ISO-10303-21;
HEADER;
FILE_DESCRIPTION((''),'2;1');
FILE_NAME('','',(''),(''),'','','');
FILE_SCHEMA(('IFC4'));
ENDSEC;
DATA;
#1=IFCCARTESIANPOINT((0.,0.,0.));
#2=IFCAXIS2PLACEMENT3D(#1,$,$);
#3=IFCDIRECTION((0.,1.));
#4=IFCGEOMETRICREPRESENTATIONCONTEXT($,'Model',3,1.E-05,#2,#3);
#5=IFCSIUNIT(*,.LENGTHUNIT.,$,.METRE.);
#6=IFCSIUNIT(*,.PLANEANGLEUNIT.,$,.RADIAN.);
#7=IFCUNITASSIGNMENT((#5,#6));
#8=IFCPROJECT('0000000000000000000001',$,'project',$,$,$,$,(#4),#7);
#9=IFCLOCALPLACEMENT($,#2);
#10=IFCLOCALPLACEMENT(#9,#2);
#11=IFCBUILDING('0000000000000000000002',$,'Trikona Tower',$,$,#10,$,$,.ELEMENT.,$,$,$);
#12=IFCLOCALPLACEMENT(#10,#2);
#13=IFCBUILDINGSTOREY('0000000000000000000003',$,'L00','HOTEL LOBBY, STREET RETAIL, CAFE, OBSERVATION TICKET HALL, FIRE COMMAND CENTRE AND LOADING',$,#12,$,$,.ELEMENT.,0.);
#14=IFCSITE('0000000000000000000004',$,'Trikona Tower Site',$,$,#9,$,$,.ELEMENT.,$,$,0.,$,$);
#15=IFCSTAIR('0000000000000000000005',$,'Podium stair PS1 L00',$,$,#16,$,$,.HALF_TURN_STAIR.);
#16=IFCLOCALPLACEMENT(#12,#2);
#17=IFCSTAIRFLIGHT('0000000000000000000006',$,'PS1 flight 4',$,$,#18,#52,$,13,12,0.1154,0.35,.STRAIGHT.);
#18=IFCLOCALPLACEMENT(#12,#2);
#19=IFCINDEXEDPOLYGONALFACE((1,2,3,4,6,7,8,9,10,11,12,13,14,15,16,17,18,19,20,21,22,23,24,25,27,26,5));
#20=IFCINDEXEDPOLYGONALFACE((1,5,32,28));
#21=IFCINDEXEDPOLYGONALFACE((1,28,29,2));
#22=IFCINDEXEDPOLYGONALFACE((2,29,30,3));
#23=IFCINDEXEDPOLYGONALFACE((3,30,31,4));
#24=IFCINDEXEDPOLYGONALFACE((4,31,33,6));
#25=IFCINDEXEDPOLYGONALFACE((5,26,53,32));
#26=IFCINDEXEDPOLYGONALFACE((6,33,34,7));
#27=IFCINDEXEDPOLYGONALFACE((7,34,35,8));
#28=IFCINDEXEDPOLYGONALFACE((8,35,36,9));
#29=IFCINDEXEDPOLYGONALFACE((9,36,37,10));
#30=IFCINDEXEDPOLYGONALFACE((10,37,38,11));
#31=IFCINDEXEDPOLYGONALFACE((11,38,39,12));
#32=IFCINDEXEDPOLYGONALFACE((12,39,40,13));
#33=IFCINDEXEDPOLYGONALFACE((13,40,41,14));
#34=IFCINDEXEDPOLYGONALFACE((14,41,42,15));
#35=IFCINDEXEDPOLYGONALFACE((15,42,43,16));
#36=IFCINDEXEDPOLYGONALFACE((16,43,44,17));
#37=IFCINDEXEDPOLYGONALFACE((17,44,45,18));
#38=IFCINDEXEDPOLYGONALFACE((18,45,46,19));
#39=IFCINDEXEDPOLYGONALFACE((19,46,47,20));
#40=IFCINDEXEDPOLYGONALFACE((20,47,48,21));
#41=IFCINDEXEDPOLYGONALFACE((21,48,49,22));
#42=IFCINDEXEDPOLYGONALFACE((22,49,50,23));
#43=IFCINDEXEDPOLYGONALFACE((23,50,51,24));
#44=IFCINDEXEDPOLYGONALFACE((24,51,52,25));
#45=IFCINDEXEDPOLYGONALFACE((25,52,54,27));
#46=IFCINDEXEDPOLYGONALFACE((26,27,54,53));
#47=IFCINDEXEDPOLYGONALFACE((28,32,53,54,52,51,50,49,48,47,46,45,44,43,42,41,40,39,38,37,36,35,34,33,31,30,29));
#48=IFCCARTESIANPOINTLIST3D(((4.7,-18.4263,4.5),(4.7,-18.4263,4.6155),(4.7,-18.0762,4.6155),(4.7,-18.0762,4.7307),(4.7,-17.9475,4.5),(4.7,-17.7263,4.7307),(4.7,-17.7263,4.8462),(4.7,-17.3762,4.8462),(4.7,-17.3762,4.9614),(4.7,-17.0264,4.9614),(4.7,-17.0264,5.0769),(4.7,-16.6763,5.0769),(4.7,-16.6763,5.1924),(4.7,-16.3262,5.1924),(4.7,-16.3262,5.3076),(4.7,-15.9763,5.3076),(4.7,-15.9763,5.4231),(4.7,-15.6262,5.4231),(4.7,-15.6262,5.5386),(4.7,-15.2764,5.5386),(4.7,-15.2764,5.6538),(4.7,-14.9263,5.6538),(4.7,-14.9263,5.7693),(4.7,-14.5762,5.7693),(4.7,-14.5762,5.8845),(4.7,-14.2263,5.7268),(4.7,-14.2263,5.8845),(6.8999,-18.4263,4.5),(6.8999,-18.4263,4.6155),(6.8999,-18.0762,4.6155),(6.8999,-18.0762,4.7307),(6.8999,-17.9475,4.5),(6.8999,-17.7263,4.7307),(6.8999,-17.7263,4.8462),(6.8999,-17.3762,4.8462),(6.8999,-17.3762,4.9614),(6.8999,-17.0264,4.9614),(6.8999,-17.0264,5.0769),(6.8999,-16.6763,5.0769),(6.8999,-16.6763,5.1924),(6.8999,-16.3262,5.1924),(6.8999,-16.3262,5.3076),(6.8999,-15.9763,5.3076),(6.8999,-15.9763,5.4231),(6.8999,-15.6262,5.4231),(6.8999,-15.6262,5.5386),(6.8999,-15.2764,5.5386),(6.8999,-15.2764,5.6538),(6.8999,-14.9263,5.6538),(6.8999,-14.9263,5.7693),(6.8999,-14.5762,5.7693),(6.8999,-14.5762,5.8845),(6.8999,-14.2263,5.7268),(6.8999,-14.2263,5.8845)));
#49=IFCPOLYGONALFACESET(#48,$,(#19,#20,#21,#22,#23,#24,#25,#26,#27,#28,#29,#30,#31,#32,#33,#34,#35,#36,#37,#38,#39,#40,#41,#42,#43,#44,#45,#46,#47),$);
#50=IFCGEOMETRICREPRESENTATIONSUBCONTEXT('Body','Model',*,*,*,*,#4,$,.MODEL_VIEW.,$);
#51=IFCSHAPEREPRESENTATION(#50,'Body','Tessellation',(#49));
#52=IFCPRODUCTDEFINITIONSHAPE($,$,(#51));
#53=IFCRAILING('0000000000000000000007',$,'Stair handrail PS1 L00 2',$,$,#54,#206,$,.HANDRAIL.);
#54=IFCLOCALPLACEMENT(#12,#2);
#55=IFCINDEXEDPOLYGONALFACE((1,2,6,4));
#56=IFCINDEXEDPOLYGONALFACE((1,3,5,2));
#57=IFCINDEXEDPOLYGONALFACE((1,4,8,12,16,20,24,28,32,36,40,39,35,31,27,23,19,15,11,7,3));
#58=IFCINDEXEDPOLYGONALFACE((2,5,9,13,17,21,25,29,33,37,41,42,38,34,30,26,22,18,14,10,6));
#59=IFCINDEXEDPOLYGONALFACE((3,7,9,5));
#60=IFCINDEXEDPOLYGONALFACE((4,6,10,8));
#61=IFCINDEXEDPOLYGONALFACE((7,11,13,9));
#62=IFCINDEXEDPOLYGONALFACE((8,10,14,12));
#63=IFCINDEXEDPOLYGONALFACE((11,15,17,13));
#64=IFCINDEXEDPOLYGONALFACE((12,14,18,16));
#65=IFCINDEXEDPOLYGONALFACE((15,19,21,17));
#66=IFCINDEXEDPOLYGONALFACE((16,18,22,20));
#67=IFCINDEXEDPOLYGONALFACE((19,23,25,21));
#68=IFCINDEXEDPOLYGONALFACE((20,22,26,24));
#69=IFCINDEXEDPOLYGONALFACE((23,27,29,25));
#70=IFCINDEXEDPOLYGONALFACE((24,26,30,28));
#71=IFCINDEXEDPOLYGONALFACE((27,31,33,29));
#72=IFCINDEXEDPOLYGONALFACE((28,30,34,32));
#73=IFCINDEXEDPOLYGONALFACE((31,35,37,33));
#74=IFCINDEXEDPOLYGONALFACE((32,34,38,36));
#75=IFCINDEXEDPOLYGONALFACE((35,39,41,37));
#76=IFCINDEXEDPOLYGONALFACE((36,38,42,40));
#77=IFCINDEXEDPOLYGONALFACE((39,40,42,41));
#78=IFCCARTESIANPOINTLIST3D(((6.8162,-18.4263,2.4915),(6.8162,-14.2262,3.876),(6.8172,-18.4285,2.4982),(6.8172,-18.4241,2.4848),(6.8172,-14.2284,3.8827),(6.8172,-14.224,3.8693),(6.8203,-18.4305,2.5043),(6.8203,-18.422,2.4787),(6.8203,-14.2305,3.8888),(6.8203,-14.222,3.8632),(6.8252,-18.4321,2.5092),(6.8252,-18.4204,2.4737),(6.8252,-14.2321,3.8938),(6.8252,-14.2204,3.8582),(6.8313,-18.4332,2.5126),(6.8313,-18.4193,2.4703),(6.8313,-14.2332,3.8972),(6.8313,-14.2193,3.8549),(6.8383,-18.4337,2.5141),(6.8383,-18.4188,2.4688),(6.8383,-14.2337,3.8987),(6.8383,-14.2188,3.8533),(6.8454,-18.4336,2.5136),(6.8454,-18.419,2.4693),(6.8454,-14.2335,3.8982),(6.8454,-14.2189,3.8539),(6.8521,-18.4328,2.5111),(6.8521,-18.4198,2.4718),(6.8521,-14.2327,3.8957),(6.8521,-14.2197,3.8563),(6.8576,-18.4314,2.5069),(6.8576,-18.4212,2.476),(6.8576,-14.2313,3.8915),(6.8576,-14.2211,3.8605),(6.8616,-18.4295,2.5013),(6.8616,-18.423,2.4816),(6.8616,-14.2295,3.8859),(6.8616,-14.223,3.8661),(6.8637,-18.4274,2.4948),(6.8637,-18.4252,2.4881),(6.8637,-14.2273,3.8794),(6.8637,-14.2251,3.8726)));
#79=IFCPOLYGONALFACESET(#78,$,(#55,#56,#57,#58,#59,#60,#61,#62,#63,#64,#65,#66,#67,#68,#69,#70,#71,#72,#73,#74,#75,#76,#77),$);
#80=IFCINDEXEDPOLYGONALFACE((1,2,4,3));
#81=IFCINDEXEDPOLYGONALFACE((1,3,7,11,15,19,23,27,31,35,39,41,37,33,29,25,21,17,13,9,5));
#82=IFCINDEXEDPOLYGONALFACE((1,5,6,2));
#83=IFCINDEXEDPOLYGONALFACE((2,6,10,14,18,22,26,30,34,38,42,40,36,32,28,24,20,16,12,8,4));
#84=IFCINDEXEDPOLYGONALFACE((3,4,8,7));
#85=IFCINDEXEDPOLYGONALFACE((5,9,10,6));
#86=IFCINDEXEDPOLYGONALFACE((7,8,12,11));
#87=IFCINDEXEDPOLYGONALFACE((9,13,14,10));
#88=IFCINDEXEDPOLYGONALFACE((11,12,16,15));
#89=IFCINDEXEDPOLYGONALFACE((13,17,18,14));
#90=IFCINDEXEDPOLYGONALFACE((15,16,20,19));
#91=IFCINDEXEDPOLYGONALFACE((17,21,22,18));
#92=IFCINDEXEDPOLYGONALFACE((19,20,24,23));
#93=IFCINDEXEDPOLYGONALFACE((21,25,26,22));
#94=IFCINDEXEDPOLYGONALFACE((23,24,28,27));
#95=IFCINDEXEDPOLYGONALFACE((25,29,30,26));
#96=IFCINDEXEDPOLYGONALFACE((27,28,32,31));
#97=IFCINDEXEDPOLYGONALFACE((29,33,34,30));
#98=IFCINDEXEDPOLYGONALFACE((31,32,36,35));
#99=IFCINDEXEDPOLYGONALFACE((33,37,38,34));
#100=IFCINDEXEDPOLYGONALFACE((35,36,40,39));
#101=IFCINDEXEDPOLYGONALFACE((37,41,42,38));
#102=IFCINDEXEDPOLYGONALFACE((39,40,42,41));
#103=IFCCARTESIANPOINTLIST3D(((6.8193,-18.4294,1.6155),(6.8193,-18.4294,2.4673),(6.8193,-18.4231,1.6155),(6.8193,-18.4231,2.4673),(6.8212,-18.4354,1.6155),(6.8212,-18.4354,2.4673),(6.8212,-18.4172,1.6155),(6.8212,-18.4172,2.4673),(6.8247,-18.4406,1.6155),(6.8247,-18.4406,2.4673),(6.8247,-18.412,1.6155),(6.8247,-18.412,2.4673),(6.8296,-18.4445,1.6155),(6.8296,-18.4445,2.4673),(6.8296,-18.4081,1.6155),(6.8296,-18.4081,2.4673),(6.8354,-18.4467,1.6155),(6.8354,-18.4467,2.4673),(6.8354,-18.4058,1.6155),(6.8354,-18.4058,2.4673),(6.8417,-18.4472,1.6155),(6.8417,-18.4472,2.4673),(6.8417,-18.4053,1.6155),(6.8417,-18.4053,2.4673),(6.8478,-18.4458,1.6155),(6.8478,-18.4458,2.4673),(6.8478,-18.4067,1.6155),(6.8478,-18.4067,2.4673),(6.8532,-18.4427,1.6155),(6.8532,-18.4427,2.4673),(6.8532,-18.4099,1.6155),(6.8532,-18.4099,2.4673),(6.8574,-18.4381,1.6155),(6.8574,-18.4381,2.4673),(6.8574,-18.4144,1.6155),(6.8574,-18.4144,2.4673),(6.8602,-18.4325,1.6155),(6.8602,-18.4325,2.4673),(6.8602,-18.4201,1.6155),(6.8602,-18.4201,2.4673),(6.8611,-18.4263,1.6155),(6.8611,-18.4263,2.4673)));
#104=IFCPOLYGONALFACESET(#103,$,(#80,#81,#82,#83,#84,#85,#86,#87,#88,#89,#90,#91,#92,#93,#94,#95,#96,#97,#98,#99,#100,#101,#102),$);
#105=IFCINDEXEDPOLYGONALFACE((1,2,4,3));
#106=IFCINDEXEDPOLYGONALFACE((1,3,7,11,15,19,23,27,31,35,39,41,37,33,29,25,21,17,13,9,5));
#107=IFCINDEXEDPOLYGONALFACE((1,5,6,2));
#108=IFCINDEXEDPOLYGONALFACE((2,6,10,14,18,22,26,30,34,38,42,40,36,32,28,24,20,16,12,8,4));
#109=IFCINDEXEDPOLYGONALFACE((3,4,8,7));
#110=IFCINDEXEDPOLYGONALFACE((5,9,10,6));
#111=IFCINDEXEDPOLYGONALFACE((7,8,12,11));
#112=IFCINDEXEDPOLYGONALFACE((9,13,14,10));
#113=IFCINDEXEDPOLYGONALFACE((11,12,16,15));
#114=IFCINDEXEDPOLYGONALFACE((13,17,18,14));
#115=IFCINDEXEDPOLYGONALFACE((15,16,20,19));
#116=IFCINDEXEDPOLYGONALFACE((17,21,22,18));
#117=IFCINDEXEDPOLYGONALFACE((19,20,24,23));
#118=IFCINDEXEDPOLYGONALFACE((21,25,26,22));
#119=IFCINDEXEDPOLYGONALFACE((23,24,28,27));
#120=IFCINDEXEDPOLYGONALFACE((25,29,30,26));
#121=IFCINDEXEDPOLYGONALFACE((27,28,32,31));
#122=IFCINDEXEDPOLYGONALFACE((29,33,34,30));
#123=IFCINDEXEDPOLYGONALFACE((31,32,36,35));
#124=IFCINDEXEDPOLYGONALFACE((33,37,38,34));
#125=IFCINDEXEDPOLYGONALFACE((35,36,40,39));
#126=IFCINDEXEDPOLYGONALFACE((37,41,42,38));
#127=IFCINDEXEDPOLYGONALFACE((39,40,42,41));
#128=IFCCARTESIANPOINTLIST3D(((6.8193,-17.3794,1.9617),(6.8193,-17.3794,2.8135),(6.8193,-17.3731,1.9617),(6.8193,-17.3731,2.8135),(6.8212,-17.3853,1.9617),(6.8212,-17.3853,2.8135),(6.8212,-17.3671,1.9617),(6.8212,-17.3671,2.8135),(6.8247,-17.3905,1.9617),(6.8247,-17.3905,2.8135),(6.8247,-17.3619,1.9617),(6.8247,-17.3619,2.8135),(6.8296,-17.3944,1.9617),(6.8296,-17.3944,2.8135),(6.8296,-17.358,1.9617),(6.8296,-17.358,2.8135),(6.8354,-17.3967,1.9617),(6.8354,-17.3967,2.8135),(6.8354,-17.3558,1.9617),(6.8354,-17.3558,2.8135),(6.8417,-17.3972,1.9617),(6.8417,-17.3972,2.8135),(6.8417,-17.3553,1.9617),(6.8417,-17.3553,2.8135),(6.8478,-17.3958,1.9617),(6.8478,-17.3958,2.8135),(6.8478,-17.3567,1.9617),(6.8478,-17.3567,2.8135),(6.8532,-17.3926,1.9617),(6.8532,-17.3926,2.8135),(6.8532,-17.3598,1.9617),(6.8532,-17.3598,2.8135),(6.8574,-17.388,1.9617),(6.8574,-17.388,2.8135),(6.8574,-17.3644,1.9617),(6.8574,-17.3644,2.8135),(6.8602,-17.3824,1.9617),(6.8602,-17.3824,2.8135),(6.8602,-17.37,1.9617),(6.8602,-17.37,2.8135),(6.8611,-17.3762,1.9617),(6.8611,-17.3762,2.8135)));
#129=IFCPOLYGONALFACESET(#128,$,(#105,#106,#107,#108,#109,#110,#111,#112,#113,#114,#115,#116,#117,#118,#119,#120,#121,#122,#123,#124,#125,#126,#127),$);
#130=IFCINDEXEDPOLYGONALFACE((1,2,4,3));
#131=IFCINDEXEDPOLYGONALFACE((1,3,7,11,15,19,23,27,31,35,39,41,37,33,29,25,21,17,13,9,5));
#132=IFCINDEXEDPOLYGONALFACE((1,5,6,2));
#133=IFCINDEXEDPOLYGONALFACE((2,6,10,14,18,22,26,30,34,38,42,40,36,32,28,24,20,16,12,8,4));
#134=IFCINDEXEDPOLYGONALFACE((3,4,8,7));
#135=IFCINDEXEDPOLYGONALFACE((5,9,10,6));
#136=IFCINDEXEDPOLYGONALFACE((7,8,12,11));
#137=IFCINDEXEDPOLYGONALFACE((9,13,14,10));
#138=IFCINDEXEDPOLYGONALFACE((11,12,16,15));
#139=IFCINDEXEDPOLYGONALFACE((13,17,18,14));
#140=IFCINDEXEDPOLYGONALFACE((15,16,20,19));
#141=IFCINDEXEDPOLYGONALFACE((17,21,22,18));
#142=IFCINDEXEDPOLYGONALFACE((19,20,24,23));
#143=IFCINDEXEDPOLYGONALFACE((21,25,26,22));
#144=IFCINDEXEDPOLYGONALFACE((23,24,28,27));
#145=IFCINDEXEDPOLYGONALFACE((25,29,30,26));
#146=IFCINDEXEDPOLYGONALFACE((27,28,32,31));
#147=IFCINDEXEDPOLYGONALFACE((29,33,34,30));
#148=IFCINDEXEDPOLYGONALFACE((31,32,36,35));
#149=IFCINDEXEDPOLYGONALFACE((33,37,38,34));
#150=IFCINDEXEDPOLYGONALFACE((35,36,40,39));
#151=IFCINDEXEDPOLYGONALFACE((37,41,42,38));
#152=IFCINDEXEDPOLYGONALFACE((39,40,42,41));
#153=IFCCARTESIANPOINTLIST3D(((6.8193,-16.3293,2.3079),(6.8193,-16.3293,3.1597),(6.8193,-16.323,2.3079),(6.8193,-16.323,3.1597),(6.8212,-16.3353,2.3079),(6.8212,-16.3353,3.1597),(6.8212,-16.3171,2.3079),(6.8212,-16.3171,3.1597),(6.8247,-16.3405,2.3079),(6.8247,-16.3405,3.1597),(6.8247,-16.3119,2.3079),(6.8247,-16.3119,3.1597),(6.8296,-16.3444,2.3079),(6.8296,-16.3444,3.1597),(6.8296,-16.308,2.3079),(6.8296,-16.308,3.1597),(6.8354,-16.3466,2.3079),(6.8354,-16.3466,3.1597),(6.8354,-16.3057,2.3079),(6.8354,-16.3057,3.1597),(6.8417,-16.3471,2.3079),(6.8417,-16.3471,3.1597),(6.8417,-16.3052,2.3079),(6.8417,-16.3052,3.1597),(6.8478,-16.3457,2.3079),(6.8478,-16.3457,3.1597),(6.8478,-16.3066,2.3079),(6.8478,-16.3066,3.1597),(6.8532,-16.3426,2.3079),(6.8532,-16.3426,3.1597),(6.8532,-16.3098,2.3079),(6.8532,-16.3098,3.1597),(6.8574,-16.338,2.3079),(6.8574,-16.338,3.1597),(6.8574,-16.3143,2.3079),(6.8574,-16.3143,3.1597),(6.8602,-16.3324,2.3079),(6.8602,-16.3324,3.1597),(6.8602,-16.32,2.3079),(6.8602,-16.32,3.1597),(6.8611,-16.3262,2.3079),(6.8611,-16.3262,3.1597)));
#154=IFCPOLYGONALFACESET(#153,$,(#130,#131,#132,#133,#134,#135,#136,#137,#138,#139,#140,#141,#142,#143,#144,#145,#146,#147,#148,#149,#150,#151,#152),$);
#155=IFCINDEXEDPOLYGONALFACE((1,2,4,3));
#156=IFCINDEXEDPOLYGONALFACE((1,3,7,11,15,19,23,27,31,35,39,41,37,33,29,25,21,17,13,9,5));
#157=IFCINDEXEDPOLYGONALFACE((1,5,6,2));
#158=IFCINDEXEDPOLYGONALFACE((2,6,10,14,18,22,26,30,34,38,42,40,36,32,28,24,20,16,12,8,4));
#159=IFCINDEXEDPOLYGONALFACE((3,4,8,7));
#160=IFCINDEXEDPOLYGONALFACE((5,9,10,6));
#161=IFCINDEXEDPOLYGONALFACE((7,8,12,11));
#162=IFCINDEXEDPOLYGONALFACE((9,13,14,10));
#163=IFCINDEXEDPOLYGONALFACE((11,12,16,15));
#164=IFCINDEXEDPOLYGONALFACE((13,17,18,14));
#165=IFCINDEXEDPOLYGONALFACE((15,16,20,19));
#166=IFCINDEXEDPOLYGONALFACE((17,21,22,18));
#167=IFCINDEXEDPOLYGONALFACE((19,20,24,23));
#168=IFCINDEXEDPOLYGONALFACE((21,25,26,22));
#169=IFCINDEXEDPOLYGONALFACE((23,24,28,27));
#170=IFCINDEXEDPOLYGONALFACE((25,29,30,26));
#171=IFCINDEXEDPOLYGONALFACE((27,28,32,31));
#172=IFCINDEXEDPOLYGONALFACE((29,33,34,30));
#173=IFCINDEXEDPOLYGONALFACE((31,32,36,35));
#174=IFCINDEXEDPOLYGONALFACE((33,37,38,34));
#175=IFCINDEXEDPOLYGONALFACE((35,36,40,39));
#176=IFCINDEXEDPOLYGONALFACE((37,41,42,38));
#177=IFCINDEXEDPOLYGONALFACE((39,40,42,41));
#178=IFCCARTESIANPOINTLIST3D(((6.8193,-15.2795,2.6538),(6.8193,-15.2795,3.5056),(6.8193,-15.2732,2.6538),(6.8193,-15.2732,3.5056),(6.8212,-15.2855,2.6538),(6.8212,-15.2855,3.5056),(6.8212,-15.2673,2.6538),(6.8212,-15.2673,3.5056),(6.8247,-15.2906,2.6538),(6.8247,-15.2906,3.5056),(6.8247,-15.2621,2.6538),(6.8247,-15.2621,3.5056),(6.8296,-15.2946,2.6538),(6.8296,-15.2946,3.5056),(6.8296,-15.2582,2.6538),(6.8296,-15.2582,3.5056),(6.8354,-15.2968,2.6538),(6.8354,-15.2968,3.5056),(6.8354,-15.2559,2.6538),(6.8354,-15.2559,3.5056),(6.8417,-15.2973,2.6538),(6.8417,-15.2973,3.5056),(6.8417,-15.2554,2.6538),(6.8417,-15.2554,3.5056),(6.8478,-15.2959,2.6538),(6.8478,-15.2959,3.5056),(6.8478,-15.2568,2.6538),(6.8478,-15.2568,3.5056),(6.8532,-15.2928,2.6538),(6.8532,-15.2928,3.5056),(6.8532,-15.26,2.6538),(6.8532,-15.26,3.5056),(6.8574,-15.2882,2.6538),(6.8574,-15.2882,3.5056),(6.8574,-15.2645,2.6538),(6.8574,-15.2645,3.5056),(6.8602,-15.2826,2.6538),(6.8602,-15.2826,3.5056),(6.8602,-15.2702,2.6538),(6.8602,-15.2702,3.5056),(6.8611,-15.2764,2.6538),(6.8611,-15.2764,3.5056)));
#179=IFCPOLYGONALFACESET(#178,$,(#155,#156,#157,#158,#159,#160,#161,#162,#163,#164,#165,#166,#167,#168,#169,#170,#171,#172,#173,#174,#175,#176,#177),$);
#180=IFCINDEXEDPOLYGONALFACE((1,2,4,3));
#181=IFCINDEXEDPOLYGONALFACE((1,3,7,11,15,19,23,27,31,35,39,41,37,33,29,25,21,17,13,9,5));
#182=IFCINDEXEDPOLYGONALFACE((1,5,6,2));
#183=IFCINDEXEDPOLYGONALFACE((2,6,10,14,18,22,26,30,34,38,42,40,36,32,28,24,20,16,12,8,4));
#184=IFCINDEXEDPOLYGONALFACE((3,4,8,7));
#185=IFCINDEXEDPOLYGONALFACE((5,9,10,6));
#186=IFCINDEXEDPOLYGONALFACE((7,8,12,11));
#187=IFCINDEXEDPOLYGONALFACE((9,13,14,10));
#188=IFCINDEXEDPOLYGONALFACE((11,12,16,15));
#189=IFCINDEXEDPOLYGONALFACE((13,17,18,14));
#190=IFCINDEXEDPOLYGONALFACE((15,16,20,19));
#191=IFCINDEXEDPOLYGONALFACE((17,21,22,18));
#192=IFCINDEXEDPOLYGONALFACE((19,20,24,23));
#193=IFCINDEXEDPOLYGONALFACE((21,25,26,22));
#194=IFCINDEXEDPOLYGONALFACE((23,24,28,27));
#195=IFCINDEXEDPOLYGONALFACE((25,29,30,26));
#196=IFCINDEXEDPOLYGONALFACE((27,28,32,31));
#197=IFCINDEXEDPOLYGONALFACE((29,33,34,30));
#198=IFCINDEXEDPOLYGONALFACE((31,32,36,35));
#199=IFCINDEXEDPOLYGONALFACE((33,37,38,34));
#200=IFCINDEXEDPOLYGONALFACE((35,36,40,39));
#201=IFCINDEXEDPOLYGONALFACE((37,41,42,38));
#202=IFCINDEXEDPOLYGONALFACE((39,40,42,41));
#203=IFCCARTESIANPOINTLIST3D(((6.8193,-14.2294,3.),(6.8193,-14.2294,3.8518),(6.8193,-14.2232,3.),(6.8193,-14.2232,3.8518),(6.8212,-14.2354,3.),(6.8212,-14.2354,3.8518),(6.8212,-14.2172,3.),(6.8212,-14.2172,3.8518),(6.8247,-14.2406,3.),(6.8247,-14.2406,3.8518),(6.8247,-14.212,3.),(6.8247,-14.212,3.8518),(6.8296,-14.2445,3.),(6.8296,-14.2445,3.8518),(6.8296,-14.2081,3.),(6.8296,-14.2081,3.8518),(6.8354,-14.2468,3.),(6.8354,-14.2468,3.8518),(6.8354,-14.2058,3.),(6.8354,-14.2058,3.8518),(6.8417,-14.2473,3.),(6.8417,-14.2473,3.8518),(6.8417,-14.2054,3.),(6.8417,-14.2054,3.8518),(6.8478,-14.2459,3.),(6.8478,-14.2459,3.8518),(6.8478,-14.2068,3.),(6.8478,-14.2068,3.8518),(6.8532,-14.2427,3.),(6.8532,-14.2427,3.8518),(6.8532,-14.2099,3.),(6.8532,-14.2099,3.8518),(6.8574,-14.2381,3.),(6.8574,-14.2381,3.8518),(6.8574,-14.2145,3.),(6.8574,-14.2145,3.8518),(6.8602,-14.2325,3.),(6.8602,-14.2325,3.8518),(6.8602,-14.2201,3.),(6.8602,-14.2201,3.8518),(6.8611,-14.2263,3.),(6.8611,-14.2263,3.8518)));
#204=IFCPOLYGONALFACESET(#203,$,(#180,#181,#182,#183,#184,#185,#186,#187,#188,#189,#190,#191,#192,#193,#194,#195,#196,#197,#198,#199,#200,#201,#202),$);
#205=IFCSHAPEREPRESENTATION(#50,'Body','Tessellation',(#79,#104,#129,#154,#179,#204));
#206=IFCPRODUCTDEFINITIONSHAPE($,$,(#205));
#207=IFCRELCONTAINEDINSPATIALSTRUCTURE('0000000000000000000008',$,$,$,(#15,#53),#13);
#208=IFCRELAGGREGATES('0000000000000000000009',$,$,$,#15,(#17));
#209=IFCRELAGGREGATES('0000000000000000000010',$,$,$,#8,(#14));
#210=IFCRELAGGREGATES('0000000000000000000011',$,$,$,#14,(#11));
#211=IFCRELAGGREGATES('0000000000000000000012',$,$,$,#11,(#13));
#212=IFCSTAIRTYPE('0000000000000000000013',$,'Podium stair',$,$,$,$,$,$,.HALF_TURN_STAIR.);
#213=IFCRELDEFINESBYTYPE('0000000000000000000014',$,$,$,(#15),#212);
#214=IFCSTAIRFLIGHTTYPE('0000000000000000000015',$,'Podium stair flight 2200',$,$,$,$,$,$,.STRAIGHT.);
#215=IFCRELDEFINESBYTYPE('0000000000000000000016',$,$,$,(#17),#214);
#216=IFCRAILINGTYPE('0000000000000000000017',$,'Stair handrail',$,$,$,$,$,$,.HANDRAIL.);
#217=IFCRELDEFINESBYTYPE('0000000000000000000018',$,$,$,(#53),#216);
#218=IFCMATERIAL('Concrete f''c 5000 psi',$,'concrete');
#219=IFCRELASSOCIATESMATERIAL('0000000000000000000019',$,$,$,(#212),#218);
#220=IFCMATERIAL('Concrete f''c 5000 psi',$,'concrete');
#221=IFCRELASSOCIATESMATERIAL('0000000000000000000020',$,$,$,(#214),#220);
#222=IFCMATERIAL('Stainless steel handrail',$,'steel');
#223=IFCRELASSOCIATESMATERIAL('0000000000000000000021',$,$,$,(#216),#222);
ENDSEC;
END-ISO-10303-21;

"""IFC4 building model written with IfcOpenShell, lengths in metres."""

from ifc_helpers import new_model, si_unit, direction, frame, origin, origin_2d, place, context, subcontext, project, spatial, polyline, circle, outline, extrude, material, type_object, element, aggregate, save


model = new_model("IFC4")

# Units and contexts
model_context = context("Model", 3, precision=1e-05, world=origin(), true_north=direction((0.0, 1.0)))
body_context = subcontext(model_context, "Body", "Model", "MODEL_VIEW")
ifc_project = project(units=[si_unit("LENGTHUNIT", "METRE"), si_unit("PLANEANGLEUNIT", "RADIAN")], contexts=[model_context])

# Site, building, storey
site_placement = place(None, origin())
site = spatial("IfcSite", under=ifc_project, at=site_placement, Name="Trikona Tower Site", CompositionType="ELEMENT", RefElevation=0.0)
building_placement = place(site_placement, origin())
building = spatial("IfcBuilding", under=site, at=building_placement, Name="Trikona Tower", CompositionType="ELEMENT")
storey_placement = place(building_placement, origin())
storey = spatial("IfcBuildingStorey", under=building, at=storey_placement, Name="L00", Description="HOTEL LOBBY, STREET RETAIL, CAFE, OBSERVATION TICKET HALL, FIRE COMMAND CENTRE AND LOADING", CompositionType="ELEMENT", Elevation=0.0)

# Stair, stair flight
ifc_material_1 = material(Name="Concrete f'c 5000 psi", Category="concrete")
stair_type = type_object("IfcStairType", Name="Podium stair", PredefinedType="HALF_TURN_STAIR", material=ifc_material_1)
stair_placement = place(storey_placement, origin())
stair = element("IfcStair", 1, at=stair_placement, inside=storey, type_object=stair_type, Name="Podium stair PS1 L00", PredefinedType="HALF_TURN_STAIR")
ifc_material_2 = material(Name="Concrete f'c 5000 psi", Category="concrete")
stair_flight_type = type_object("IfcStairFlightType", Name="Podium stair flight 2200", PredefinedType="STRAIGHT", material=ifc_material_2)
stair_flight_1_placement = place(storey_placement, frame((5.8, -18.4263, 4.5), z_axis=(0.0, 0.0, 1.0), x_axis=(0.0, 1.0, 0.0)))
stair_flight_1 = element("IfcStairFlight", 2, at=stair_flight_1_placement, type_object=stair_flight_type, Name="PS1 flight 4", NumberOfRisers=13, NumberOfTreads=12, PredefinedType="STRAIGHT", RiserHeight=0.1154, TreadLength=0.35, context=body_context, shape_type="SweptSolid", body=[
    extrude(outline(polyline([(0.0, 0.0), (0.0, 0.1155), (0.3501, 0.1155), (0.3501, 0.2307), (0.7, 0.2307), (0.7, 0.3462), (1.05, 0.3462), (1.05, 0.4614), (1.3999, 0.4614), (1.3999, 0.5769), (1.75, 0.5769), (1.75, 0.6924), (2.1001, 0.6924), (2.1001, 0.8076), (2.45, 0.8076), (2.45, 0.9231), (2.8, 0.9231), (2.8, 1.0386), (3.1499, 1.0386), (3.1499, 1.1538), (3.5, 1.1538), (3.5, 1.2693), (3.8501, 1.2693), (3.8501, 1.3845), (4.2, 1.3845), (4.2, 1.5), (4.2, 1.2268), (0.4788, 0.0), (0.0, 0.0)])), frame((0.0, 1.1001, 0.0), z_axis=(0.0, -1.0, 0.0), x_axis=(1.0, 0.0, 0.0)), (0.0, 0.0, 1.0), 2.2),
])
aggregate(stair, [stair_flight_1])

# Railing
ifc_material_3 = material(Name="Stainless steel handrail", Category="steel")
railing_type = type_object("IfcRailingType", Name="Stair handrail", PredefinedType="HANDRAIL", material=ifc_material_3)
for number, where, name in (
    (3, (6.8401, -18.4263, 1.6155), "Stair handrail PS1 L00 2"),
):
    element("IfcRailing", number, at=place(storey_placement, frame(where)), inside=storey, type_object=railing_type, Name=name, PredefinedType="HANDRAIL", context=body_context, shape_type="SweptSolid", body=[
        extrude(circle(Radius=0.0239, at=origin_2d()), frame((0.0, 0.0, 0.876), z_axis=(0.0, 0.949727, 0.313079), x_axis=(-1.0, 0.0, 0.0)), (0.0, 0.0, 1.0), 4.4224),
        extrude(circle(Radius=0.021, at=origin_2d()), origin(), (0.0, 0.0, 1.0), 0.8518),
        extrude(circle(Radius=0.021, at=origin_2d()), frame((0.0, 1.05, 0.3462)), (0.0, 0.0, 1.0), 0.8518),
        extrude(circle(Radius=0.021, at=origin_2d()), frame((0.0, 2.1001, 0.6924)), (0.0, 0.0, 1.0), 0.8518),
        extrude(circle(Radius=0.021, at=origin_2d()), frame((0.0, 3.1499, 1.0383)), (0.0, 0.0, 1.0), 0.8518),
        extrude(circle(Radius=0.021, at=origin_2d()), frame((0.0, 4.2, 1.3845)), (0.0, 0.0, 1.0), 0.8518),
    ])

save(model, "model.ifc")
